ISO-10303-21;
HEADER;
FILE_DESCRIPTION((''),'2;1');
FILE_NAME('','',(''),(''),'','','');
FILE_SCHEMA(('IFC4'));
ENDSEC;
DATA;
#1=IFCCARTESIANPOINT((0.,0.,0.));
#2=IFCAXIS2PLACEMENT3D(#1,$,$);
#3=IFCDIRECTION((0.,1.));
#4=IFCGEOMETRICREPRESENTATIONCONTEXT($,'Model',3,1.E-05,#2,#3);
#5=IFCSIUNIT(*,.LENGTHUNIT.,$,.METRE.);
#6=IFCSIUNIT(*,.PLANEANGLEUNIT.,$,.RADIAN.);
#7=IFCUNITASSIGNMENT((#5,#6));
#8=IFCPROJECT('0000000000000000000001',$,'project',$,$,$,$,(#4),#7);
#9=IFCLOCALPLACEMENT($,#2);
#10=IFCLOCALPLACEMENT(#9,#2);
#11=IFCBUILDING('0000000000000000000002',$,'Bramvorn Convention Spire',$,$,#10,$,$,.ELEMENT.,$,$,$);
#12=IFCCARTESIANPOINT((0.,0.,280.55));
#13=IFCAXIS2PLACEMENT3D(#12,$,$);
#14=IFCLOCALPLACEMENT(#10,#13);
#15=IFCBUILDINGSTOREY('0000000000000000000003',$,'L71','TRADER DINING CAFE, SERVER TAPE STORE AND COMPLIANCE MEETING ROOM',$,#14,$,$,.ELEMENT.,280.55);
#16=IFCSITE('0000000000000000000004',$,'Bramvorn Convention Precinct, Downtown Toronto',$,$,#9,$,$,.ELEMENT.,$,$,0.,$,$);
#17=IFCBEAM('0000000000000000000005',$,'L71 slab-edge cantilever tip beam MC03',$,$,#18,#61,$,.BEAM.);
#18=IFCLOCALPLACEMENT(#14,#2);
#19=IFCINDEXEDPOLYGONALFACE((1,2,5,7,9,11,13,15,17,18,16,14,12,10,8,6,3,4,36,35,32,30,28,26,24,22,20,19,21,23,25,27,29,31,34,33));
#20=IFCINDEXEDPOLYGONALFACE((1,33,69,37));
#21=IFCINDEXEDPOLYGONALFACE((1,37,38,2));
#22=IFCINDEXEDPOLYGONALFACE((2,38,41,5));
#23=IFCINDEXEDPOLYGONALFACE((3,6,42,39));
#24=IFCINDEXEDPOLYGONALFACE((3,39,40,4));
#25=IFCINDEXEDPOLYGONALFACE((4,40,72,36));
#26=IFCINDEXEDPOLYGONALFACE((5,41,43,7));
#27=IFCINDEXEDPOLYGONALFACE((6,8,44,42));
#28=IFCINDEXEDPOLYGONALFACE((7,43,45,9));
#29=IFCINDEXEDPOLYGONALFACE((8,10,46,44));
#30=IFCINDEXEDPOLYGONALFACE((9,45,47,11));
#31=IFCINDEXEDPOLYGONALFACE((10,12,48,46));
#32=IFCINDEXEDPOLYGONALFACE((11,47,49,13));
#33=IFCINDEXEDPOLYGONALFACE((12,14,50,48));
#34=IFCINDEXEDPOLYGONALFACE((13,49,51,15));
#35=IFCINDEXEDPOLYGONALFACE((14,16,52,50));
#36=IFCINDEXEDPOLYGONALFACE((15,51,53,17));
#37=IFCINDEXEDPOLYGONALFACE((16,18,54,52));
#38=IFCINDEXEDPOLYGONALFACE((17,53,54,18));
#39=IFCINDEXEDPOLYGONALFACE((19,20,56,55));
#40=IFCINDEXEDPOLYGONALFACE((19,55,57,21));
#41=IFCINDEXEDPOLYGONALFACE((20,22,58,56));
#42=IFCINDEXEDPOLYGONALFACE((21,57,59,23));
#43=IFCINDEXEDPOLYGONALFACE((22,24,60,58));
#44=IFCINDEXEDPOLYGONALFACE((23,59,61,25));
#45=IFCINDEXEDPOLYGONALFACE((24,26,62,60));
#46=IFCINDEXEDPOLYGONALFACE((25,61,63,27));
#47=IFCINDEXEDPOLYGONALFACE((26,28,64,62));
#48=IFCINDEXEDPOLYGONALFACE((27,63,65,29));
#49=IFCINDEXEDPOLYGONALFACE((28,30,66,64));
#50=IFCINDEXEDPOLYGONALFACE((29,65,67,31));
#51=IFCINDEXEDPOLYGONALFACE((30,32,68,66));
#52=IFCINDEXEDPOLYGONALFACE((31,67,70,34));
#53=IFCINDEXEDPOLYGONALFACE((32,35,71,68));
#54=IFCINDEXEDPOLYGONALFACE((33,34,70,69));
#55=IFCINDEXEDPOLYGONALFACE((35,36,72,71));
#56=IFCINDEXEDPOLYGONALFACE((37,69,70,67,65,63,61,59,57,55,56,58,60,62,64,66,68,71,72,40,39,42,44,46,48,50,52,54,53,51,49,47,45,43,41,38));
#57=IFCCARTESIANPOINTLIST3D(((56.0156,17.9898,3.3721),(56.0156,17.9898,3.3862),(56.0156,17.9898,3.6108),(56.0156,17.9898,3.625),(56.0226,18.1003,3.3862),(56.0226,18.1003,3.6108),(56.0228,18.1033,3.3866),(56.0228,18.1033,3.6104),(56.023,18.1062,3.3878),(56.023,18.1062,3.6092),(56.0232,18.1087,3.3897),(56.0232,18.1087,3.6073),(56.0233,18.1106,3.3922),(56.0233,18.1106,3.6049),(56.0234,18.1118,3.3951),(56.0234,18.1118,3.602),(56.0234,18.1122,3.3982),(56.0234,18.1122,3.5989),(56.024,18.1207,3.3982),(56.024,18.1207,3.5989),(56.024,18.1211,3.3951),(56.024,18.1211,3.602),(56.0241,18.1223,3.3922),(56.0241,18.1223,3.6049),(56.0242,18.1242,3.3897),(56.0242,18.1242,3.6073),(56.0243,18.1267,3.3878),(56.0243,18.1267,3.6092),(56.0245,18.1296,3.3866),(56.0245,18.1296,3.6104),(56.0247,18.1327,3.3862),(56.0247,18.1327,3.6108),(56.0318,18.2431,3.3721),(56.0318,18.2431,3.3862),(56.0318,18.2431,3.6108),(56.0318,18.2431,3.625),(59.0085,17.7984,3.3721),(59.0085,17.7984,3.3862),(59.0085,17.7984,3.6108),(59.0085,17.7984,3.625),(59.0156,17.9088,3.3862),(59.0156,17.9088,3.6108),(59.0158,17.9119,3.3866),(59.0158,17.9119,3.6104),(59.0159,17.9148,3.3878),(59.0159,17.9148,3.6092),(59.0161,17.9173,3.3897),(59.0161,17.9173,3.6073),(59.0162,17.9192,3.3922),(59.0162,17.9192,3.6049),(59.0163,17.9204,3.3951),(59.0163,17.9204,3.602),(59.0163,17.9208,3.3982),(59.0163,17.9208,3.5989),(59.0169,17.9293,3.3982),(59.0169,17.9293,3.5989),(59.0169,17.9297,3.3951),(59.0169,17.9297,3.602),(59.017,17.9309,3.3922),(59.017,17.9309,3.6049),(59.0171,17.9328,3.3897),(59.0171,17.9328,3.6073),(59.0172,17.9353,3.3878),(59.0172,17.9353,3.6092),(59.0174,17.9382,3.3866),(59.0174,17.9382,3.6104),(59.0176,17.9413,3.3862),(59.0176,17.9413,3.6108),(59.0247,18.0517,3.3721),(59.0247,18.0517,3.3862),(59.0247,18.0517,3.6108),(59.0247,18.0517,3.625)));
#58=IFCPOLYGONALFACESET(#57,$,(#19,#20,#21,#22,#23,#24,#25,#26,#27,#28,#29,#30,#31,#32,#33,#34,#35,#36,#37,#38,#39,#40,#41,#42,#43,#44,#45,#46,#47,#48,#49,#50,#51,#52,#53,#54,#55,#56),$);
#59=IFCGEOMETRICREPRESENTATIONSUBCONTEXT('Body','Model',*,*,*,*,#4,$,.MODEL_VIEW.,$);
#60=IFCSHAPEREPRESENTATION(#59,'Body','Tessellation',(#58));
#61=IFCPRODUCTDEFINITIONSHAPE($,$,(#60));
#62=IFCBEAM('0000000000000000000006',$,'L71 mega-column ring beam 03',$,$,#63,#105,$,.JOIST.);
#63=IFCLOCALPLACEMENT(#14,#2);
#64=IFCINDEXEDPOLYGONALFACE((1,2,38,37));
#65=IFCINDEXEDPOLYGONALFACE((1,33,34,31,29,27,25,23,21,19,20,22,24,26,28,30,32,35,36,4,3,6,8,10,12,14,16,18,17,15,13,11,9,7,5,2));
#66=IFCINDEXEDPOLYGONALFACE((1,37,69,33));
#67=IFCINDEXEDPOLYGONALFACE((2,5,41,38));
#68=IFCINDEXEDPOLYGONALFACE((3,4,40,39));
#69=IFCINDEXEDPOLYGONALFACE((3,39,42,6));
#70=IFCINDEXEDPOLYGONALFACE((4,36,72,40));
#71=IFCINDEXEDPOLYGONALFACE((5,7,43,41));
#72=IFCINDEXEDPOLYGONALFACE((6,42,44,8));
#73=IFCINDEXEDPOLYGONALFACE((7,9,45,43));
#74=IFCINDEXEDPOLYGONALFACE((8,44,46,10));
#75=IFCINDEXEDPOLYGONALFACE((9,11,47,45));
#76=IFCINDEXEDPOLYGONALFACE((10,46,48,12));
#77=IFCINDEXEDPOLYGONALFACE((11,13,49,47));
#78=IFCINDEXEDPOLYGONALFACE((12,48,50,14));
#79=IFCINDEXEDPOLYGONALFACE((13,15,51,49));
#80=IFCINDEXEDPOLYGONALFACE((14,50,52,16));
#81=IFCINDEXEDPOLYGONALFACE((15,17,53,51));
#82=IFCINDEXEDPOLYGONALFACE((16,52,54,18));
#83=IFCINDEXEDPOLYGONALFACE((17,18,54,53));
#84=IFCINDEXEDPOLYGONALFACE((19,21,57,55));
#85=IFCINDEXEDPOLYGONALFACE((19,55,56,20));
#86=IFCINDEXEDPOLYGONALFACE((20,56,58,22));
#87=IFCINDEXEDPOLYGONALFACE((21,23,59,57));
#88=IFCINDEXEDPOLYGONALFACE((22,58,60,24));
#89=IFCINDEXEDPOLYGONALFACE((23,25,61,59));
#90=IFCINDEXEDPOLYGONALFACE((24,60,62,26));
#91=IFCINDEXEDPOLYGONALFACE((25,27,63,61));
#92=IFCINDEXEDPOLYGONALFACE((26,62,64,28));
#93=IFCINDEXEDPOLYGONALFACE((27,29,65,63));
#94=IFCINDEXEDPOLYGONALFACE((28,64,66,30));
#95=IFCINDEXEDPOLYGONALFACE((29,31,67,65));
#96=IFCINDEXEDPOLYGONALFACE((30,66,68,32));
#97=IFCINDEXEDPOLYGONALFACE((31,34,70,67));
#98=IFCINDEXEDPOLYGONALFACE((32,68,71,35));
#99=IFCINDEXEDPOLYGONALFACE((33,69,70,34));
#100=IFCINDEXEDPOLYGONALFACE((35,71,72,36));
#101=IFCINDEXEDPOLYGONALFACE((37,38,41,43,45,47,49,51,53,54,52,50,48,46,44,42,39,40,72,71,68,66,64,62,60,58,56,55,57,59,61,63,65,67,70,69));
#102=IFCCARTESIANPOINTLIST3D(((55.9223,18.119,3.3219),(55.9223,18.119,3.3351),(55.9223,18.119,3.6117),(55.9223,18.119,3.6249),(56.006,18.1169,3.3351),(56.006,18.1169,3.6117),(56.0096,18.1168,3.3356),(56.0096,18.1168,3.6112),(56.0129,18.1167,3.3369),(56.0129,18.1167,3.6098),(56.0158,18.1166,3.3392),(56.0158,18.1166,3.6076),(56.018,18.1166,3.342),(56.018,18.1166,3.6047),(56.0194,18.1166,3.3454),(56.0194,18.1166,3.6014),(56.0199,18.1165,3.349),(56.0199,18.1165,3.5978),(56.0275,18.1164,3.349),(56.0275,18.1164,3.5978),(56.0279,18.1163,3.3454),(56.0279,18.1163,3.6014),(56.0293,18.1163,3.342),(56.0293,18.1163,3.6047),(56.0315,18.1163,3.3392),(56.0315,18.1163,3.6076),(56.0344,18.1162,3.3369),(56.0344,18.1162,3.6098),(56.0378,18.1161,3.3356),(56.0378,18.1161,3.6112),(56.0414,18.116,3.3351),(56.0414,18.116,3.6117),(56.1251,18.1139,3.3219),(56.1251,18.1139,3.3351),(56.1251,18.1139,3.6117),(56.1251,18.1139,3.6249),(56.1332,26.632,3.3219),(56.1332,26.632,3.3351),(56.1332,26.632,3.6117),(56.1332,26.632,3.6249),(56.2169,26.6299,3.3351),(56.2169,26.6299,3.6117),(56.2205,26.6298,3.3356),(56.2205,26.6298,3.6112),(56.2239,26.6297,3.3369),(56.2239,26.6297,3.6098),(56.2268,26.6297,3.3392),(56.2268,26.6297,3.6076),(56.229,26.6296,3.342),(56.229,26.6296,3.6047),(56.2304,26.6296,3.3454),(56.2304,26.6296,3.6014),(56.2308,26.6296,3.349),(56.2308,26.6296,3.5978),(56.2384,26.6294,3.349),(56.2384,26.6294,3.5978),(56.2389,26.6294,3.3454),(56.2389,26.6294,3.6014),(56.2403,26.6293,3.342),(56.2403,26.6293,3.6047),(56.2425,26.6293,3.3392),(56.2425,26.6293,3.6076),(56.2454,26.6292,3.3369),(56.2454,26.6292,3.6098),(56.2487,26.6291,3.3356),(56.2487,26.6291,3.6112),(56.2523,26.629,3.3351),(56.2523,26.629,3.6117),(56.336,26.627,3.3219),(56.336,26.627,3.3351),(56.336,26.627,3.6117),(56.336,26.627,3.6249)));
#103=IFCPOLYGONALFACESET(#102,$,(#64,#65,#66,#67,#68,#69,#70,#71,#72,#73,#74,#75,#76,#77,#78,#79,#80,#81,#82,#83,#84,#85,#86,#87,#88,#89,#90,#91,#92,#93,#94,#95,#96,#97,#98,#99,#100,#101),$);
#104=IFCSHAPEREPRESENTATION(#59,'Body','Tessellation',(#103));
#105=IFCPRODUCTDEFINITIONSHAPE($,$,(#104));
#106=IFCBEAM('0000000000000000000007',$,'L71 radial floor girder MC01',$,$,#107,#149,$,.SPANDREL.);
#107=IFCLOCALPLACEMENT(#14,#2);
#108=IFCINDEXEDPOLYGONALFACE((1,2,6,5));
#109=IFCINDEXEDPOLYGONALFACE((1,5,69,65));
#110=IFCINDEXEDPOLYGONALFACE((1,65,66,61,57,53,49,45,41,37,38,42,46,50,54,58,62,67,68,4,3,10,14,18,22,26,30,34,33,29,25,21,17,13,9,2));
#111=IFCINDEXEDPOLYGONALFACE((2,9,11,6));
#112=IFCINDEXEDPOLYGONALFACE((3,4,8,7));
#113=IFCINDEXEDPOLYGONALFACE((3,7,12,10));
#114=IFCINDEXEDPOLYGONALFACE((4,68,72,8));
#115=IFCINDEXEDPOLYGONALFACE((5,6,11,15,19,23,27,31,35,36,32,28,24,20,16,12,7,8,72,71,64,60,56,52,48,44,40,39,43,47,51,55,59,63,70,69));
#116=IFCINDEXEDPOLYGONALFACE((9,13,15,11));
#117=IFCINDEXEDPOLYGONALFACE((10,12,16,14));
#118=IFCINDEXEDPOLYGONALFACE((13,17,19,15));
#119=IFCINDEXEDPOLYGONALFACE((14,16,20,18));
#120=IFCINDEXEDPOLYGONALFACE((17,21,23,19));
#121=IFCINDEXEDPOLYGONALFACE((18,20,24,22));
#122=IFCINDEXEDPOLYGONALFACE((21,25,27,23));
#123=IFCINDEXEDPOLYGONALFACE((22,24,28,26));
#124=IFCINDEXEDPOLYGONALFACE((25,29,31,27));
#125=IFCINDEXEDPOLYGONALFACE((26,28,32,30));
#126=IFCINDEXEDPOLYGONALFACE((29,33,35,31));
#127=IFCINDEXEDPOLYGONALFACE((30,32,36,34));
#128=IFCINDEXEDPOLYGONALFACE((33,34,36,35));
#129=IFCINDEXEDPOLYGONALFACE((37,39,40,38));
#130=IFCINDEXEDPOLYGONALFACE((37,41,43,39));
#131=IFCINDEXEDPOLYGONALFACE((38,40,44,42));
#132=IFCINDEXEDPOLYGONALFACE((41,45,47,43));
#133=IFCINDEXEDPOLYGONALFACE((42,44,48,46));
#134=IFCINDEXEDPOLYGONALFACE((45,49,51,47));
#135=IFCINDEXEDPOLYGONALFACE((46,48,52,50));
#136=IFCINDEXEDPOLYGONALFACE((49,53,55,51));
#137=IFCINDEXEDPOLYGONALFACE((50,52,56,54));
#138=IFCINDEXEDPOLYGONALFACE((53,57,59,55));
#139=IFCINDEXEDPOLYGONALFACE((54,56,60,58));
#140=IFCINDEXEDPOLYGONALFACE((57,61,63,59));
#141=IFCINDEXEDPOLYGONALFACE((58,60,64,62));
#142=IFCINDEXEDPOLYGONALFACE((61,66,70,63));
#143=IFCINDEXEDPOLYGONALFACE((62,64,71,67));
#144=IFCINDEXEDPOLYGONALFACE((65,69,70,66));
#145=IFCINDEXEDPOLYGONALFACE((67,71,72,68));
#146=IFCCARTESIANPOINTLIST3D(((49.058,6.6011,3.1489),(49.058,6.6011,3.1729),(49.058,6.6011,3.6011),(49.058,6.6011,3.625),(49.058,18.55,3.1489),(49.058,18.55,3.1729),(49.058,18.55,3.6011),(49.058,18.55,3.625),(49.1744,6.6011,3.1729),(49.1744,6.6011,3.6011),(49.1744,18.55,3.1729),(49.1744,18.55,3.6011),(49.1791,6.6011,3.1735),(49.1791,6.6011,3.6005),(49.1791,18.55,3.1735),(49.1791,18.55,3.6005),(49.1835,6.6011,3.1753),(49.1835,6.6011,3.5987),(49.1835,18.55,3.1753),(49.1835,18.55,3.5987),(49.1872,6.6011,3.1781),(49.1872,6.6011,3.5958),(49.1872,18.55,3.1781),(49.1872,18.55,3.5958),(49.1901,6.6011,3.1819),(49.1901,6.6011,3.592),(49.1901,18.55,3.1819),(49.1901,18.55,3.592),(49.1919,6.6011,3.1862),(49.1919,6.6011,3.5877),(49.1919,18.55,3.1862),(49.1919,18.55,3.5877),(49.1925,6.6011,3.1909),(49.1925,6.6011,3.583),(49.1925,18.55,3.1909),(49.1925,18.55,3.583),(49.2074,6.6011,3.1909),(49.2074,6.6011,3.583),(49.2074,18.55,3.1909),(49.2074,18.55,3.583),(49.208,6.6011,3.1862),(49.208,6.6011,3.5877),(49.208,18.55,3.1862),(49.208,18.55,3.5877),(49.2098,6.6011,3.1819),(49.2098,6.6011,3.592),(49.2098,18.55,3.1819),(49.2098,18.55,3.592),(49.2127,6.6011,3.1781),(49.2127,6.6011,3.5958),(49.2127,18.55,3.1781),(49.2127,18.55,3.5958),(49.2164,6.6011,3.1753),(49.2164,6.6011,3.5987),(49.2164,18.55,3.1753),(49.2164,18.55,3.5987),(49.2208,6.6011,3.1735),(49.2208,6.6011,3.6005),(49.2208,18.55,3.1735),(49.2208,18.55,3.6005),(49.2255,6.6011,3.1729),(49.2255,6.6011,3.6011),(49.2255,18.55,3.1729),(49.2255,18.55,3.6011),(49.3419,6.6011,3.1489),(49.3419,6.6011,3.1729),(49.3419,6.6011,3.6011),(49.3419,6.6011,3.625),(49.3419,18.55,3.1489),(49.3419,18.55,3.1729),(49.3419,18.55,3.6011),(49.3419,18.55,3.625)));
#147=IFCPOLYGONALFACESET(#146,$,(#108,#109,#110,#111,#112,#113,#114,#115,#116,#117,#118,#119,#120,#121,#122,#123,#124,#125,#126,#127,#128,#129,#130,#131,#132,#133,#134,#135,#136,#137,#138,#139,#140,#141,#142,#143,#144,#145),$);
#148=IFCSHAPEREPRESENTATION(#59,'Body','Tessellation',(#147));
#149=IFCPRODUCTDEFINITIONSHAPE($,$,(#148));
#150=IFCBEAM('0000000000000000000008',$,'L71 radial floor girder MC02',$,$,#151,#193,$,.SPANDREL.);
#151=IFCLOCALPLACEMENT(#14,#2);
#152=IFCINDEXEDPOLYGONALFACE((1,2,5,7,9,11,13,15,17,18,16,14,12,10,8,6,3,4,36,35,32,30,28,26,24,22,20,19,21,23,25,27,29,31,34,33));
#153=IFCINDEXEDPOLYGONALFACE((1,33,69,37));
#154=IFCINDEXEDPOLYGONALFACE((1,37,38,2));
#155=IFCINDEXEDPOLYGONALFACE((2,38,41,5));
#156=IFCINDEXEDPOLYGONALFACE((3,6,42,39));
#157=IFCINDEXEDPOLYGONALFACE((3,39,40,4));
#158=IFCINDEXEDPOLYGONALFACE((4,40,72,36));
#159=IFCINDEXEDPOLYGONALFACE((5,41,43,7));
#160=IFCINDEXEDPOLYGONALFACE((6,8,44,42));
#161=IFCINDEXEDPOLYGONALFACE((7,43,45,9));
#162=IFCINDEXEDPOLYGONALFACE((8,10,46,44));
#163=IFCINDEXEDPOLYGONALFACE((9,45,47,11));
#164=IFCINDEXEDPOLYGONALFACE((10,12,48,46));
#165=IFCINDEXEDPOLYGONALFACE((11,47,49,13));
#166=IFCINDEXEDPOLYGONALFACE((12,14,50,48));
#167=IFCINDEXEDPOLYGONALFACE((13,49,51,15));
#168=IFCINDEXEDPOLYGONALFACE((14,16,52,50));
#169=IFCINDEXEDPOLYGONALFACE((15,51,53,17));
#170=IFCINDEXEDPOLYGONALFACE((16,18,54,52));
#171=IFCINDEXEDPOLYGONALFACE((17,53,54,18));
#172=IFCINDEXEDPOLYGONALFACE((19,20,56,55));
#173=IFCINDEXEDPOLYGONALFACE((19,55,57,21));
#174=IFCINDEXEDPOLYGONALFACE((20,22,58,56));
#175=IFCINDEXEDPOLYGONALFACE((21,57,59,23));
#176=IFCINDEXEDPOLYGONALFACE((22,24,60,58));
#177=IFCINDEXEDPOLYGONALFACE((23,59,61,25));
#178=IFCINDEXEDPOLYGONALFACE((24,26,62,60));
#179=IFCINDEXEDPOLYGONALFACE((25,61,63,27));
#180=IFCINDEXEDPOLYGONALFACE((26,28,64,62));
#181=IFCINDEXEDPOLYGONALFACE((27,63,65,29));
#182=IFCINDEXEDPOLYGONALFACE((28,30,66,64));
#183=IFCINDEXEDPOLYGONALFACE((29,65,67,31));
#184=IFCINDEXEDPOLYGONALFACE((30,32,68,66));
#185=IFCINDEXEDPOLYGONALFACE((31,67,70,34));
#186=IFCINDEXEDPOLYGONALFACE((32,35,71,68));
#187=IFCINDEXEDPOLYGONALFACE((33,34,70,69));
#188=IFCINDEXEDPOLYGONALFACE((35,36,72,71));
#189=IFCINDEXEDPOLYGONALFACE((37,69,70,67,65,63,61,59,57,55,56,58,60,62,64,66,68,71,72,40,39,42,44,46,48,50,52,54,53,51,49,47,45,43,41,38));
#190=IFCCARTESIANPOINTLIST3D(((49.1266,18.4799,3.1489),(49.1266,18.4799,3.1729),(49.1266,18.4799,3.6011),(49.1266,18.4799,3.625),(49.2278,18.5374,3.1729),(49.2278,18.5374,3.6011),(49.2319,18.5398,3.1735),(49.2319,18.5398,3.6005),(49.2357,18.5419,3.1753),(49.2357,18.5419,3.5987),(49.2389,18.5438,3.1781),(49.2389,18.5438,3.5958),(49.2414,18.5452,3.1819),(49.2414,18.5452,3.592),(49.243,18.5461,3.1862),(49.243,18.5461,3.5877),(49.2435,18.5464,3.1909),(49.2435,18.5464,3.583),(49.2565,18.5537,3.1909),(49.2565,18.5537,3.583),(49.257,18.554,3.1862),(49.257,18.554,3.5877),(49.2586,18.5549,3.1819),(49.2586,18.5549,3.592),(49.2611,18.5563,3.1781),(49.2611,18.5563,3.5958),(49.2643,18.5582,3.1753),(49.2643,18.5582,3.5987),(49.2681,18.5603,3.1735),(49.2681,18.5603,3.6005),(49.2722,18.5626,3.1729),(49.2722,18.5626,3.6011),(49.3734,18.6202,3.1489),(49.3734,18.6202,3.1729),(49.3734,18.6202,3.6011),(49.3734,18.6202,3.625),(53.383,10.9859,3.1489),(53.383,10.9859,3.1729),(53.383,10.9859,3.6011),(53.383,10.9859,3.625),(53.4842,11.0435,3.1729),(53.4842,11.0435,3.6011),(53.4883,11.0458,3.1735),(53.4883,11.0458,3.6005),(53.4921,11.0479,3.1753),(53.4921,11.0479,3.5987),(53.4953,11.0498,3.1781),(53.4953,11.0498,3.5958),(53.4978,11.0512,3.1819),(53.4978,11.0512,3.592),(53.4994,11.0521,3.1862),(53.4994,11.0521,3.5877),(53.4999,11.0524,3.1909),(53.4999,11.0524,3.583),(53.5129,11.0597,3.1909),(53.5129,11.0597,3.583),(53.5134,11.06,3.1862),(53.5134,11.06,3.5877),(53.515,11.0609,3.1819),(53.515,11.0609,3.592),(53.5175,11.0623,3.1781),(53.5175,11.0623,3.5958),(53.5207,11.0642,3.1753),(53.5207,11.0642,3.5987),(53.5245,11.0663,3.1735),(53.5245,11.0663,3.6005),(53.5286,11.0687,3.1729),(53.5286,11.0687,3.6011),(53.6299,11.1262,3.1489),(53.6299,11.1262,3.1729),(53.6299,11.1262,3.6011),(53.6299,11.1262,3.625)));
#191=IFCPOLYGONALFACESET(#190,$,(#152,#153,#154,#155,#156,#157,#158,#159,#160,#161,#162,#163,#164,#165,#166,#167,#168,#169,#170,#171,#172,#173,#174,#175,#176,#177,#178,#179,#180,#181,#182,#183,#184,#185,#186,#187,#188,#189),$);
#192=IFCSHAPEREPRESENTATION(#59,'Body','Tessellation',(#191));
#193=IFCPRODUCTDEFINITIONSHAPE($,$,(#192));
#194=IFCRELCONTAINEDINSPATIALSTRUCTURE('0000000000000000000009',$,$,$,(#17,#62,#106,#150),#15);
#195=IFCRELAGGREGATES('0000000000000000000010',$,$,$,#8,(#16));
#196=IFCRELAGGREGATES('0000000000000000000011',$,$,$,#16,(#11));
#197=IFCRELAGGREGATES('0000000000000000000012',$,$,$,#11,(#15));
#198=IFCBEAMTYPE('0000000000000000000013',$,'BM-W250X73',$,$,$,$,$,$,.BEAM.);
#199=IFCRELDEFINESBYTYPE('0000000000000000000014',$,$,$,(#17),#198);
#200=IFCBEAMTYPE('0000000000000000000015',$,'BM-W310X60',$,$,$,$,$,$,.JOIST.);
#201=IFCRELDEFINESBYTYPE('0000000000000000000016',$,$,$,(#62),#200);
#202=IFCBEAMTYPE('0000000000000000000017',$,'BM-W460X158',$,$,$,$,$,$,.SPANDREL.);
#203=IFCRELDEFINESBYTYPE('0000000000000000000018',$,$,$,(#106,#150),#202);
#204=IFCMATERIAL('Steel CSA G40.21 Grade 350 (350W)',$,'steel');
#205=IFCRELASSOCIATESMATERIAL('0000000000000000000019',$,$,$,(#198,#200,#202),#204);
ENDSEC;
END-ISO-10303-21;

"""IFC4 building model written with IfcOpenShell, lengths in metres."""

from ifc_helpers import new_model, si_unit, direction, frame, origin, origin_2d, place, context, subcontext, project, spatial, i_section, extrude, material, material_profile, profile_set, type_object, element, save


model = new_model("IFC4")

# Units and contexts
model_context = context("Model", 3, precision=1e-05, world=origin(), true_north=direction((0.0, 1.0)))
body_context = subcontext(model_context, "Body", "Model", "MODEL_VIEW")
ifc_project = project(units=[si_unit("LENGTHUNIT", "METRE"), si_unit("PLANEANGLEUNIT", "RADIAN")], contexts=[model_context])

# Site, building, storey
site_placement = place(None, origin())
site = spatial("IfcSite", under=ifc_project, at=site_placement, Name="Bramvorn Convention Precinct, Downtown Toronto", CompositionType="ELEMENT", RefElevation=0.0)
building_placement = place(site_placement, origin())
building = spatial("IfcBuilding", under=site, at=building_placement, Name="Bramvorn Convention Spire", CompositionType="ELEMENT")
storey_placement = place(building_placement, frame((0.0, 0.0, 280.55)))
storey = spatial("IfcBuildingStorey", under=building, at=storey_placement, Name="L71", Description="TRADER DINING CAFE, SERVER TAPE STORE AND COMPLIANCE MEETING ROOM", CompositionType="ELEMENT", Elevation=280.55)

# Shared definitions
ifc_material_1 = material(Name="Steel CSA G40.21 Grade 350 (350W)", Category="steel")

# Beams
ifc_material_profile_1 = material_profile(ifc_material_1, i_section(OverallWidth=0.2539, OverallDepth=0.2529, WebThickness=0.0085, FlangeThickness=0.0142, FilletRadius=0.012, at=origin_2d()))
ifc_profile_set_1 = profile_set([ifc_material_profile_1], Name="Steel CSA G40.21 Grade 350 (350W) - W250X73")
beam_type_1 = type_object("IfcBeamType", Name="BM-W250X73", PredefinedType="BEAM", material=ifc_profile_set_1)
beam_1_placement = place(storey_placement, frame((56.0237, 18.1165, 3.4985), z_axis=(0.997961, -0.063823, 0.0), x_axis=(0.063823, 0.997961, 0.0)))
element("IfcBeam", 1, at=beam_1_placement, inside=storey, type_object=beam_type_1, Name="L71 slab-edge cantilever tip beam MC03", PredefinedType="BEAM", context=body_context, shape_type="SweptSolid", body=[
    extrude(i_section(OverallWidth=0.2539, OverallDepth=0.2529, WebThickness=0.0085, FlangeThickness=0.0142, FilletRadius=0.012, at=origin_2d()), origin(), (0.0, 0.0, 1.0), 2.999),
])
ifc_material_profile_2 = material_profile(ifc_material_1, i_section(OverallWidth=0.2029, OverallDepth=0.303, WebThickness=0.0076, FlangeThickness=0.0132, FilletRadius=0.0139, at=origin_2d()))
ifc_profile_set_2 = profile_set([ifc_material_profile_2], Name="Steel CSA G40.21 Grade 350 (350W) - W310X60")
beam_type_2 = type_object("IfcBeamType", Name="BM-W310X60", PredefinedType="JOIST", material=ifc_profile_set_2)
beam_2_placement = place(storey_placement, frame((56.0237, 18.1165, 3.4734), z_axis=(0.024771, 0.999693, 0.0), x_axis=(-0.999693, 0.024771, 0.0)))
element("IfcBeam", 2, at=beam_2_placement, inside=storey, type_object=beam_type_2, Name="L71 mega-column ring beam 03", PredefinedType="JOIST", context=body_context, shape_type="SweptSolid", body=[
    extrude(i_section(OverallWidth=0.2029, OverallDepth=0.303, WebThickness=0.0076, FlangeThickness=0.0132, FilletRadius=0.0139, at=origin_2d()), origin(), (0.0, 0.0, 1.0), 8.5156),
])
ifc_material_profile_3 = material_profile(ifc_material_1, i_section(OverallWidth=0.2839, OverallDepth=0.4761, WebThickness=0.0149, FlangeThickness=0.0239, FilletRadius=0.0181, at=origin_2d()))
ifc_profile_set_3 = profile_set([ifc_material_profile_3], Name="Steel CSA G40.21 Grade 350 (350W) - W460X158")
beam_type_3 = type_object("IfcBeamType", Name="BM-W460X158", PredefinedType="SPANDREL", material=ifc_profile_set_3)
beam_3_placement = place(storey_placement, frame((49.2, 18.55, 3.387), z_axis=(0.0, -1.0, 0.0), x_axis=(1.0, 0.0, 0.0)))
element("IfcBeam", 3, at=beam_3_placement, inside=storey, type_object=beam_type_3, Name="L71 radial floor girder MC01", PredefinedType="SPANDREL", context=body_context, shape_type="SweptSolid", body=[
    extrude(i_section(OverallWidth=0.2839, OverallDepth=0.4761, WebThickness=0.0149, FlangeThickness=0.0239, FilletRadius=0.0181, at=origin_2d()), origin(), (0.0, 0.0, 1.0), 11.949),
])
beam_4_placement = place(storey_placement, frame((49.25, 18.55, 3.387), z_axis=(0.493874, -0.869534, 0.0), x_axis=(0.869534, 0.493874, 0.0)))
element("IfcBeam", 4, at=beam_4_placement, inside=storey, type_object=beam_type_3, Name="L71 radial floor girder MC02", PredefinedType="SPANDREL", context=body_context, shape_type="SweptSolid", body=[
    extrude(i_section(OverallWidth=0.2839, OverallDepth=0.4761, WebThickness=0.0149, FlangeThickness=0.0239, FilletRadius=0.0181, at=origin_2d()), origin(), (0.0, 0.0, 1.0), 8.6184),
])

save(model, "model.ifc")
